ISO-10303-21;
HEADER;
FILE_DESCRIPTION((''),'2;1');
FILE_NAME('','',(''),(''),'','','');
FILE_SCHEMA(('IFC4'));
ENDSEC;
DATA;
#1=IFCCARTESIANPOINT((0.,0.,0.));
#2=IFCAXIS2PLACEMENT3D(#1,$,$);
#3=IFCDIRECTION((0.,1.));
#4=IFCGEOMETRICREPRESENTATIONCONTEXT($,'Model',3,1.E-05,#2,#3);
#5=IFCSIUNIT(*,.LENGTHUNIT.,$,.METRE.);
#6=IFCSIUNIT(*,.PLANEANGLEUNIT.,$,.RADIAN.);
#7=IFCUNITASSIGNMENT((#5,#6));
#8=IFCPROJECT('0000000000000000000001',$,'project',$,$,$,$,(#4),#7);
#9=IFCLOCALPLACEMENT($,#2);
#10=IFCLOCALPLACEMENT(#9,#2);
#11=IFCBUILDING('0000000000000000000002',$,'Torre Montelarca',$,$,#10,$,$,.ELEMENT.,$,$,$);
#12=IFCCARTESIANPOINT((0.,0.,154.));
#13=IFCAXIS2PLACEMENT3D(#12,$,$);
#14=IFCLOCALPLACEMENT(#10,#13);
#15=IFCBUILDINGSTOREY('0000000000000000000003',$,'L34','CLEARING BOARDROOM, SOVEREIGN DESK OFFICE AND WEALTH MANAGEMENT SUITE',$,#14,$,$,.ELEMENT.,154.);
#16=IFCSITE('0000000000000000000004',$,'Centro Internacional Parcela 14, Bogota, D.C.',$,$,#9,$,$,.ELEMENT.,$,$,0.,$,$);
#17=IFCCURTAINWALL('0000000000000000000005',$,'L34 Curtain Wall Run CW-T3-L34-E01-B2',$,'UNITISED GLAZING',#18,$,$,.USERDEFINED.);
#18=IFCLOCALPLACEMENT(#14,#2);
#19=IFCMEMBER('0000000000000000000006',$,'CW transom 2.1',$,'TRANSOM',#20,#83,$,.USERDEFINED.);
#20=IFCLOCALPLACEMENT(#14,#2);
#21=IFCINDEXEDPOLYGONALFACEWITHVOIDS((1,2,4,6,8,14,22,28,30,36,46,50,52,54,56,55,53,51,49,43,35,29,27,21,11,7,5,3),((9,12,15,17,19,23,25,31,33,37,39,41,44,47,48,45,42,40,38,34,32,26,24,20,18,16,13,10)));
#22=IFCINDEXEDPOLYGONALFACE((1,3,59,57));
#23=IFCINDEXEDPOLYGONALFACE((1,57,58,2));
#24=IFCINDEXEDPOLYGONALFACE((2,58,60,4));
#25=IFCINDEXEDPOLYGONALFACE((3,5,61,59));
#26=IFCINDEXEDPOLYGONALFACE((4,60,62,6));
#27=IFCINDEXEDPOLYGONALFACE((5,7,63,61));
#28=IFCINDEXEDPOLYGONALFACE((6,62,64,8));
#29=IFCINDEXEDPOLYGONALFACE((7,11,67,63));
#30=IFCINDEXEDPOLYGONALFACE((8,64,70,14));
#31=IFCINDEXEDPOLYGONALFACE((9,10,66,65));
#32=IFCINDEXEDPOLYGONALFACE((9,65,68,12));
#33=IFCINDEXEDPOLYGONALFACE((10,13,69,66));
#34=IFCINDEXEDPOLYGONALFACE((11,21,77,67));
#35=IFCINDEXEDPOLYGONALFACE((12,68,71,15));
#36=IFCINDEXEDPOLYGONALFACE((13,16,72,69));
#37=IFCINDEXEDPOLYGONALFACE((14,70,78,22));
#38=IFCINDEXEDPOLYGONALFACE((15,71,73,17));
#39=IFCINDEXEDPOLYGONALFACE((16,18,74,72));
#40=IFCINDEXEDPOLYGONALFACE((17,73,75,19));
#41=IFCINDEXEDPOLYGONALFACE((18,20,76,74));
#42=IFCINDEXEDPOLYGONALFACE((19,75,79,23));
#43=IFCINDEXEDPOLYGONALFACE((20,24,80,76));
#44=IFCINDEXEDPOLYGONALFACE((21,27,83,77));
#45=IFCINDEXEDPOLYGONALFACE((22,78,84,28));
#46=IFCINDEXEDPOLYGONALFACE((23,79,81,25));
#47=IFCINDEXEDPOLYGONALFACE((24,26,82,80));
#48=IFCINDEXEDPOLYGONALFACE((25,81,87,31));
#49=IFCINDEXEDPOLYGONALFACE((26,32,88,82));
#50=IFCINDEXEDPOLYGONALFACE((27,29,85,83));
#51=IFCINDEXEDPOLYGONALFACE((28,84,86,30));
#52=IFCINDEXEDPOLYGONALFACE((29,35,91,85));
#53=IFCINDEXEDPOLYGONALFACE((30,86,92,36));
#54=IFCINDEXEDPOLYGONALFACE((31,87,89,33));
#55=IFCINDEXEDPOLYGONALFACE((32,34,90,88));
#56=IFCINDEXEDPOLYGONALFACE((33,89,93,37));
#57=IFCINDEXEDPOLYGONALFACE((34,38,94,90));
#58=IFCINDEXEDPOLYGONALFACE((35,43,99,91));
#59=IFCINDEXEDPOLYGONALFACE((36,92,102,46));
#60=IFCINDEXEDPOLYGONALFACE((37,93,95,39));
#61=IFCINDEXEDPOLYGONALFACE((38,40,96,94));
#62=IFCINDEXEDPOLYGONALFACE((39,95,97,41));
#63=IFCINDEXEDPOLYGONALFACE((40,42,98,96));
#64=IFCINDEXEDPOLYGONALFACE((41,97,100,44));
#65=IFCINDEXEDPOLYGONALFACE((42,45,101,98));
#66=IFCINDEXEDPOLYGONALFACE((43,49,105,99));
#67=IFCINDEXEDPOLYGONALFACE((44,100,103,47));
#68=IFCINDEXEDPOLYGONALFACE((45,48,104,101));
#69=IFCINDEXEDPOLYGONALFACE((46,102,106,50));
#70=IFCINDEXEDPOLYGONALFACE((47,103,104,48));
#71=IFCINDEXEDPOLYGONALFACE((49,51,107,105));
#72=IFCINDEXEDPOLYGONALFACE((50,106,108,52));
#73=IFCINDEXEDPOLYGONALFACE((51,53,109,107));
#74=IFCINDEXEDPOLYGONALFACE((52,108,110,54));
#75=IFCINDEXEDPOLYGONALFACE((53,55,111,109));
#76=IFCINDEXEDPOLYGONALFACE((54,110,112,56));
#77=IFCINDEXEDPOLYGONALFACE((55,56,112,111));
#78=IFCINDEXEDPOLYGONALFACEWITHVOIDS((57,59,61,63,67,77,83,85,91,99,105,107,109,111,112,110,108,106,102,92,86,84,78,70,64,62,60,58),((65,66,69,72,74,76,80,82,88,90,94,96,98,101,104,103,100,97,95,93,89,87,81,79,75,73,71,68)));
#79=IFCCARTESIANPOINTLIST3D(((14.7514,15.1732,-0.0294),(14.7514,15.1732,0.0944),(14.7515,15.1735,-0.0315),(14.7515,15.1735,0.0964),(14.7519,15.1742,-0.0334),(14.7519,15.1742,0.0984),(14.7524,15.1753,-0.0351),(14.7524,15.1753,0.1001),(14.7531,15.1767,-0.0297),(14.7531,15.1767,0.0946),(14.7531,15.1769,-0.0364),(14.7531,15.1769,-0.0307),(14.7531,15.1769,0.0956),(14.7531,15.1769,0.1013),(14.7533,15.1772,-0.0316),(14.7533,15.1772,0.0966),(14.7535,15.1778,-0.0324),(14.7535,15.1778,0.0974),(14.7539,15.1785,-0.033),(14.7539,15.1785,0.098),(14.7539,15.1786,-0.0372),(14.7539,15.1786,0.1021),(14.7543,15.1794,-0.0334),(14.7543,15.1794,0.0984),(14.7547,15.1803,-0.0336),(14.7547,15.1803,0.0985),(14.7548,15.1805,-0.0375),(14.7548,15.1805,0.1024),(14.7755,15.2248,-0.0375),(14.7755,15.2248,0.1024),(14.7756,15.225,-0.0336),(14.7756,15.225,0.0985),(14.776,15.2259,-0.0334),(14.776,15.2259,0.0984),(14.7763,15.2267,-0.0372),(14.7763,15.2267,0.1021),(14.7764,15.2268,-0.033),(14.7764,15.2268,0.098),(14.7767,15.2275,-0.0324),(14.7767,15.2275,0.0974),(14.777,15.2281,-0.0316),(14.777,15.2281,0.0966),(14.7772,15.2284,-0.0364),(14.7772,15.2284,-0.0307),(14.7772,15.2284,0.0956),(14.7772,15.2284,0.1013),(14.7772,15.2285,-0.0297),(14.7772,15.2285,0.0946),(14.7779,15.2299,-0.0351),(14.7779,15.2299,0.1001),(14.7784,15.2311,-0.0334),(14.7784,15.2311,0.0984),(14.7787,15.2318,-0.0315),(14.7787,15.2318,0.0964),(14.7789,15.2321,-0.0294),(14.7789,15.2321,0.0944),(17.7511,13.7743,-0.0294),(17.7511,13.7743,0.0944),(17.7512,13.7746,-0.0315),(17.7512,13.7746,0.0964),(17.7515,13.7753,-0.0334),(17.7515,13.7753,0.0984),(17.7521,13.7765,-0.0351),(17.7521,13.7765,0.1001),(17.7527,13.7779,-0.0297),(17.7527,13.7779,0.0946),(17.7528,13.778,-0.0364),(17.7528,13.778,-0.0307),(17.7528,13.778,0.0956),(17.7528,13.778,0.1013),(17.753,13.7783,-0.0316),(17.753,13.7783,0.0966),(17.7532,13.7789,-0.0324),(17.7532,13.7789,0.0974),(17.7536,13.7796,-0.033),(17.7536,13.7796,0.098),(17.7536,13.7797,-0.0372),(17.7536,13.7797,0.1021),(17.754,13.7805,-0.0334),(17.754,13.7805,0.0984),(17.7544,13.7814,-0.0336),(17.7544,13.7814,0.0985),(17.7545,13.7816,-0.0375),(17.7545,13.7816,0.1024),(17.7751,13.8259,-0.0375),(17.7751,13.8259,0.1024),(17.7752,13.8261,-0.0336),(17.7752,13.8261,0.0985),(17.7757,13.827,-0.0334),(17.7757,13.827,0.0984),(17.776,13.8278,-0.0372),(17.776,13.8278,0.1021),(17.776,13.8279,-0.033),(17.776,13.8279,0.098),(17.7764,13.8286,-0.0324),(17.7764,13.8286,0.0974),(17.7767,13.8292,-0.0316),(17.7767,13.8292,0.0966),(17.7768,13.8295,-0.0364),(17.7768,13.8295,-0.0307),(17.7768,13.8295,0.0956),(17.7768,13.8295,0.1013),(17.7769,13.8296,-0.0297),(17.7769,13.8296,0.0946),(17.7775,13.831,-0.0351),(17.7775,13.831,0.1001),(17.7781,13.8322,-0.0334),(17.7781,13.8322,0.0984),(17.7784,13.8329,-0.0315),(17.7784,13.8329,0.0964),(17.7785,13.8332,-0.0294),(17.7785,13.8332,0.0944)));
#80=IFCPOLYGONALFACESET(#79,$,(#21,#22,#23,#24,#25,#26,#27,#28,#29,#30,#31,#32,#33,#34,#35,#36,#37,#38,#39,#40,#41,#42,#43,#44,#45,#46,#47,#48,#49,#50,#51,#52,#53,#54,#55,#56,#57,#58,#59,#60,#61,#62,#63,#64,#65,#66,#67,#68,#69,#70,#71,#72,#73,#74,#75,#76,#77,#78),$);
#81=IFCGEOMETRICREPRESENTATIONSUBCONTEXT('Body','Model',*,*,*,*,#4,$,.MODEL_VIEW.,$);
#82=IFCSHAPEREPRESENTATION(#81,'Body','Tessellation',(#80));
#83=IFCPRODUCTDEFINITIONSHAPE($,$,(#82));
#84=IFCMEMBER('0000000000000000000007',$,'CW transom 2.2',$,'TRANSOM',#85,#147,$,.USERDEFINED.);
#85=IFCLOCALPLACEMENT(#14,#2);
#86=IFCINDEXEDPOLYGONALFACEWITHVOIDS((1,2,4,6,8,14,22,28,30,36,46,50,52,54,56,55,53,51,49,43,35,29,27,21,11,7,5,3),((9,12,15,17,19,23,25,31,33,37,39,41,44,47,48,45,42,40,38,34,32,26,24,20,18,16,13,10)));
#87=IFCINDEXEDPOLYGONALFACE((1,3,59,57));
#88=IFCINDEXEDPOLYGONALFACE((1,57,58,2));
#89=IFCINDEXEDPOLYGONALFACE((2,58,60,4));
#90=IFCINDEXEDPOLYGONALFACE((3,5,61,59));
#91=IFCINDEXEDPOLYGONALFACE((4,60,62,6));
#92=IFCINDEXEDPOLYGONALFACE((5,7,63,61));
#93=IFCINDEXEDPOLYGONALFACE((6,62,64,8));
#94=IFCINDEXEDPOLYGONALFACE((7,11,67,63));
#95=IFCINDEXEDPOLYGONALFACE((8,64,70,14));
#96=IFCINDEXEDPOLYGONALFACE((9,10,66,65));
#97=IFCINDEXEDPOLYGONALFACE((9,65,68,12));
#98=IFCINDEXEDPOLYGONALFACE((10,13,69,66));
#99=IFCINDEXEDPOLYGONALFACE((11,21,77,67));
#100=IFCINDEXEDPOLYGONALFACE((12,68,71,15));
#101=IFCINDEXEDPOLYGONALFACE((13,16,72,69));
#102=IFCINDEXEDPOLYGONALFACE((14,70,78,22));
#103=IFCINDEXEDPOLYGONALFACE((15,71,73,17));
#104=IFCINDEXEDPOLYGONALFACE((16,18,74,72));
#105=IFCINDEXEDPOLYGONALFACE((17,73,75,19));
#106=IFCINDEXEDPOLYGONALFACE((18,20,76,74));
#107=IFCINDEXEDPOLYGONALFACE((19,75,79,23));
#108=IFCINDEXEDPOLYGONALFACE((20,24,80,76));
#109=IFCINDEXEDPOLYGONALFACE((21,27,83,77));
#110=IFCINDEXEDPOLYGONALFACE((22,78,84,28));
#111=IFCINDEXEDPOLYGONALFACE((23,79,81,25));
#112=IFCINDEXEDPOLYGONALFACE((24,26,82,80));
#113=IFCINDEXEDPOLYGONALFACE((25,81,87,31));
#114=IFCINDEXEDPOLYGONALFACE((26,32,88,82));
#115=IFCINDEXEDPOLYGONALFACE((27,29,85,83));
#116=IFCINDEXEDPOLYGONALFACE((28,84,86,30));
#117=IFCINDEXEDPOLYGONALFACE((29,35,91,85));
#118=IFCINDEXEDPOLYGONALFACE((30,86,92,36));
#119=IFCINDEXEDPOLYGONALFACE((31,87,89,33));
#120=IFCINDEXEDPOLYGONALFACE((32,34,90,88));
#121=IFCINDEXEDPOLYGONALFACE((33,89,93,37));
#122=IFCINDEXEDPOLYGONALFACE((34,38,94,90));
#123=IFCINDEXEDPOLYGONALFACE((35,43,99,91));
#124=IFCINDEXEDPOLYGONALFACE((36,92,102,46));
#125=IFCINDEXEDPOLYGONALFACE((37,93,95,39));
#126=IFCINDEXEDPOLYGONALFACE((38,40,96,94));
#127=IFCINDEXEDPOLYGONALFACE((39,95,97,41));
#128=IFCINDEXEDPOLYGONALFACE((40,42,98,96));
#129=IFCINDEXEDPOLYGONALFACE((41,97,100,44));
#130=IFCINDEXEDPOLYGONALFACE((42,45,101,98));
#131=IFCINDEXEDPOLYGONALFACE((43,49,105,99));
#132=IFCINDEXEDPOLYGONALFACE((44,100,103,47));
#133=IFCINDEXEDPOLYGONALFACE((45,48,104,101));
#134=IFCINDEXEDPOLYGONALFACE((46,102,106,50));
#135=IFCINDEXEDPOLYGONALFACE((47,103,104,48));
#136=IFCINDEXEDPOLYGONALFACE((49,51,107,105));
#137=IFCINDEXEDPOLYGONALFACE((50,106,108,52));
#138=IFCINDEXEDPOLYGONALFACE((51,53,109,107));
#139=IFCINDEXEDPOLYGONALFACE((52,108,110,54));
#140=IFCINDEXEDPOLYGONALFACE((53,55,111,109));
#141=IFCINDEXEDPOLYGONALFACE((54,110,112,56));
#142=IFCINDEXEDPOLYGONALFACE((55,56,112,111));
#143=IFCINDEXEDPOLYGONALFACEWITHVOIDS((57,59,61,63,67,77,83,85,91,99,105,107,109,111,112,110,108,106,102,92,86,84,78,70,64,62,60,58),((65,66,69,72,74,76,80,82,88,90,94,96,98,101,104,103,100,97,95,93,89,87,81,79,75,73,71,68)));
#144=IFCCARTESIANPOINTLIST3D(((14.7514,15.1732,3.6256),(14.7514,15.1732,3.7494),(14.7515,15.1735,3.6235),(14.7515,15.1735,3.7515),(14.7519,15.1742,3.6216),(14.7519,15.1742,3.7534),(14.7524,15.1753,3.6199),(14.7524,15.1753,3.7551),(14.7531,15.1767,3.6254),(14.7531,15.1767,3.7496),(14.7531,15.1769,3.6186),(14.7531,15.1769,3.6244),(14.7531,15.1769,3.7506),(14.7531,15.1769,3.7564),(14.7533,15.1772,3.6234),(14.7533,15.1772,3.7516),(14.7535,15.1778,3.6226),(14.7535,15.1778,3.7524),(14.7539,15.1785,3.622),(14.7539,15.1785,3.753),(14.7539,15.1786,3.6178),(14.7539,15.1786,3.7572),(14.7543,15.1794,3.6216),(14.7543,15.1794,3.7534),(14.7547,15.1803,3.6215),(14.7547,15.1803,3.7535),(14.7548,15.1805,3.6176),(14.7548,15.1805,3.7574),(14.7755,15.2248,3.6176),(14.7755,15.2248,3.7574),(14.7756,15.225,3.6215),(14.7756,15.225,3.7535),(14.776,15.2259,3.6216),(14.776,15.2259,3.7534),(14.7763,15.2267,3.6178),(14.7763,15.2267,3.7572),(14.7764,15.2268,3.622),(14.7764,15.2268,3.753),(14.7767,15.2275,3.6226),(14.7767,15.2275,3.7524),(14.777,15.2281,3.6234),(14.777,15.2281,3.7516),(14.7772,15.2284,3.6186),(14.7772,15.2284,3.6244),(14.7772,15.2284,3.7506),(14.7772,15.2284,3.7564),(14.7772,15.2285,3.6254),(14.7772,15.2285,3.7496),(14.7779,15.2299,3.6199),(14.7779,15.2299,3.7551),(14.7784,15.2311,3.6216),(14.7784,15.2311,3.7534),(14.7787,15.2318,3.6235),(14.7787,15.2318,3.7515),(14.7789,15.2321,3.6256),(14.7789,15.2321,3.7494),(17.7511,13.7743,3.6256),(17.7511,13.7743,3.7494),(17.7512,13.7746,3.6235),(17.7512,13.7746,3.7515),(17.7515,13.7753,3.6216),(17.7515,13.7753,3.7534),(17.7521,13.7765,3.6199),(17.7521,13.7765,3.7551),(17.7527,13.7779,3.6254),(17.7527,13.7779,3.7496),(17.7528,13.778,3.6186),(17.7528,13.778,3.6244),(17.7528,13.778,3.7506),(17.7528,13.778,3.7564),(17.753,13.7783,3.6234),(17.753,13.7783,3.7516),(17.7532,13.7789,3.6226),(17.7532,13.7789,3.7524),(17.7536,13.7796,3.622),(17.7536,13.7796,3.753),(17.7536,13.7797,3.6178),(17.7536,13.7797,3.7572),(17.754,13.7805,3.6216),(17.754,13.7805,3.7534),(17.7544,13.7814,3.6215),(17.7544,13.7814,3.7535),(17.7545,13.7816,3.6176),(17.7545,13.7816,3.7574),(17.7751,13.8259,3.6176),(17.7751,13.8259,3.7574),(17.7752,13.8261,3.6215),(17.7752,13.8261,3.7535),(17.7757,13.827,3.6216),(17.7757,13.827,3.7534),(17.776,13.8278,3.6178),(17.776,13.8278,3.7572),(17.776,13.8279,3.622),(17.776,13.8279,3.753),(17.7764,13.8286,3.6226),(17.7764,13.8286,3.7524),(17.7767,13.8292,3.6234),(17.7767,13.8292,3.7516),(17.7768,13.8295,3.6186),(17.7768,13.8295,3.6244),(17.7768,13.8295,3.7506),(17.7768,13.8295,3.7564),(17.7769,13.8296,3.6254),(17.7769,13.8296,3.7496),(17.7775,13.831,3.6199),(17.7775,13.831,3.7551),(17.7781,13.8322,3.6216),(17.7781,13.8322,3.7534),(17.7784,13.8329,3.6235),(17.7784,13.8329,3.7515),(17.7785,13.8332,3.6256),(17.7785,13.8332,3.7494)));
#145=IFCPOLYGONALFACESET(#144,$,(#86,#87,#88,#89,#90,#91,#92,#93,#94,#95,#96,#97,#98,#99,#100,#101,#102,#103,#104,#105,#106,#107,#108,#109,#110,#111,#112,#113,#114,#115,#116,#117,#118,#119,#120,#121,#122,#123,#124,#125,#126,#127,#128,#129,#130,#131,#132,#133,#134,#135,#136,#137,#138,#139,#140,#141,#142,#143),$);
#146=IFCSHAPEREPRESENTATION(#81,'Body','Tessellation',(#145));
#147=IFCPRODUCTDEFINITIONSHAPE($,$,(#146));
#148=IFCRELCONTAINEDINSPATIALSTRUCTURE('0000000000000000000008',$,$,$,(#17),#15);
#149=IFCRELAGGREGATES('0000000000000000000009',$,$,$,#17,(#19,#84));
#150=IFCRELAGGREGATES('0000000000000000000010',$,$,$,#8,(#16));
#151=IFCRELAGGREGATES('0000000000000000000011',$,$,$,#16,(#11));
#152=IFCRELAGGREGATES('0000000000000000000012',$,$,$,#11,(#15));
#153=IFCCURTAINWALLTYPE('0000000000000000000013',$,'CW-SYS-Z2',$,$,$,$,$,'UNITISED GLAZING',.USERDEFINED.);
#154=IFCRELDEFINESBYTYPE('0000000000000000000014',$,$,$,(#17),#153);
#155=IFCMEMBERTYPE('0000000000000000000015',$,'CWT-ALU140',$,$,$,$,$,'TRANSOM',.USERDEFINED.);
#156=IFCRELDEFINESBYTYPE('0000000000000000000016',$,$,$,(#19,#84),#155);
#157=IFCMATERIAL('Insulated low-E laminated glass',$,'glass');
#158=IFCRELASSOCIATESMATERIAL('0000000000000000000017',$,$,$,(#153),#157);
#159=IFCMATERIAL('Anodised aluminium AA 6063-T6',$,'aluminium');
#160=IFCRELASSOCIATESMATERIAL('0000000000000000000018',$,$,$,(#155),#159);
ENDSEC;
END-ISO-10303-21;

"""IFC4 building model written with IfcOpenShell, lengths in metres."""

from ifc_helpers import new_model, si_unit, direction, frame, origin, origin_2d, place, context, subcontext, project, spatial, hollow_rectangle, extrude, source, transform, mapped, material, material_profile, profile_set, type_object, element, aggregate, save


model = new_model("IFC4")

# Units and contexts
model_context = context("Model", 3, precision=1e-05, world=origin(), true_north=direction((0.0, 1.0)))
body_context = subcontext(model_context, "Body", "Model", "MODEL_VIEW")
ifc_project = project(units=[si_unit("LENGTHUNIT", "METRE"), si_unit("PLANEANGLEUNIT", "RADIAN")], contexts=[model_context])

# Site, building, storey
site_placement = place(None, origin())
site = spatial("IfcSite", under=ifc_project, at=site_placement, Name="Centro Internacional Parcela 14, Bogota, D.C.", CompositionType="ELEMENT", RefElevation=0.0)
building_placement = place(site_placement, origin())
building = spatial("IfcBuilding", under=site, at=building_placement, Name="Torre Montelarca", CompositionType="ELEMENT")
storey_placement = place(building_placement, frame((0.0, 0.0, 154.0)))
storey = spatial("IfcBuildingStorey", under=building, at=storey_placement, Name="L34", Description="CLEARING BOARDROOM, SOVEREIGN DESK OFFICE AND WEALTH MANAGEMENT SUITE", CompositionType="ELEMENT", Elevation=154.0)

# Shared definitions
ifc_material_1 = material(Name="Insulated low-E laminated glass", Category="glass")
curtain_wall_type = type_object("IfcCurtainWallType", Name="CW-SYS-Z2", ElementType="UNITISED GLAZING", PredefinedType="USERDEFINED", material=ifc_material_1)
ifc_material_2 = material(Name="Anodised aluminium AA 6063-T6", Category="aluminium")

# Curtain wall
curtain_wall_1_placement = place(storey_placement, origin())
curtain_wall_1 = element("IfcCurtainWall", 1, at=curtain_wall_1_placement, inside=storey, type_object=curtain_wall_type, Name="L34 Curtain Wall Run CW-T3-L34-E01-B2", ObjectType="UNITISED GLAZING", PredefinedType="USERDEFINED")

# Members
ifc_material_profile_1 = material_profile(ifc_material_2, hollow_rectangle(XDim=0.0649, YDim=0.1399, WallThickness=0.0039, InnerFilletRadius=0.0039, OuterFilletRadius=0.0081, at=origin_2d()), Name="ALU65X140X4", Category="aluminium")
ifc_profile_set_1 = profile_set([ifc_material_profile_1], Name="Anodised aluminium AA 6063-T6")
member_type_1 = type_object("IfcMemberType", Name="CWT-ALU140", ElementType="TRANSOM", PredefinedType="USERDEFINED", material=ifc_profile_set_1)
shared_shape_1 = source(origin(), body_context, "Body", "SweptSolid", [
    extrude(hollow_rectangle(XDim=0.0649, YDim=0.1399, WallThickness=0.0039, InnerFilletRadius=0.0039, OuterFilletRadius=0.0081, at=origin_2d()), origin(), (0.0, 0.0, 1.0), 3.3098),
])
member_1_placement = place(storey_placement, frame((14.7651, 15.2026, 0.0325), z_axis=(0.906294, -0.422647, 0.0), x_axis=(0.422647, 0.906294, 0.0)))
member_1 = element("IfcMember", 2, at=member_1_placement, type_object=member_type_1, Name="CW transom 2.1", ObjectType="TRANSOM", PredefinedType="USERDEFINED", context=body_context, shape_type="MappedRepresentation", body=[
    mapped(shared_shape_1, transform((0.0, 0.0, 0.0), scale=1.0)),
])
member_2_placement = place(storey_placement, frame((14.7651, 15.2026, 3.6875), z_axis=(0.906294, -0.422647, 0.0), x_axis=(0.422647, 0.906294, 0.0)))
member_2 = element("IfcMember", 3, at=member_2_placement, type_object=member_type_1, Name="CW transom 2.2", ObjectType="TRANSOM", PredefinedType="USERDEFINED", context=body_context, shape_type="MappedRepresentation", body=[
    mapped(shared_shape_1, transform((0.0, 0.0, 0.0), scale=1.0)),
])

aggregate(curtain_wall_1, [member_1, member_2])

save(model, "model.ifc")
